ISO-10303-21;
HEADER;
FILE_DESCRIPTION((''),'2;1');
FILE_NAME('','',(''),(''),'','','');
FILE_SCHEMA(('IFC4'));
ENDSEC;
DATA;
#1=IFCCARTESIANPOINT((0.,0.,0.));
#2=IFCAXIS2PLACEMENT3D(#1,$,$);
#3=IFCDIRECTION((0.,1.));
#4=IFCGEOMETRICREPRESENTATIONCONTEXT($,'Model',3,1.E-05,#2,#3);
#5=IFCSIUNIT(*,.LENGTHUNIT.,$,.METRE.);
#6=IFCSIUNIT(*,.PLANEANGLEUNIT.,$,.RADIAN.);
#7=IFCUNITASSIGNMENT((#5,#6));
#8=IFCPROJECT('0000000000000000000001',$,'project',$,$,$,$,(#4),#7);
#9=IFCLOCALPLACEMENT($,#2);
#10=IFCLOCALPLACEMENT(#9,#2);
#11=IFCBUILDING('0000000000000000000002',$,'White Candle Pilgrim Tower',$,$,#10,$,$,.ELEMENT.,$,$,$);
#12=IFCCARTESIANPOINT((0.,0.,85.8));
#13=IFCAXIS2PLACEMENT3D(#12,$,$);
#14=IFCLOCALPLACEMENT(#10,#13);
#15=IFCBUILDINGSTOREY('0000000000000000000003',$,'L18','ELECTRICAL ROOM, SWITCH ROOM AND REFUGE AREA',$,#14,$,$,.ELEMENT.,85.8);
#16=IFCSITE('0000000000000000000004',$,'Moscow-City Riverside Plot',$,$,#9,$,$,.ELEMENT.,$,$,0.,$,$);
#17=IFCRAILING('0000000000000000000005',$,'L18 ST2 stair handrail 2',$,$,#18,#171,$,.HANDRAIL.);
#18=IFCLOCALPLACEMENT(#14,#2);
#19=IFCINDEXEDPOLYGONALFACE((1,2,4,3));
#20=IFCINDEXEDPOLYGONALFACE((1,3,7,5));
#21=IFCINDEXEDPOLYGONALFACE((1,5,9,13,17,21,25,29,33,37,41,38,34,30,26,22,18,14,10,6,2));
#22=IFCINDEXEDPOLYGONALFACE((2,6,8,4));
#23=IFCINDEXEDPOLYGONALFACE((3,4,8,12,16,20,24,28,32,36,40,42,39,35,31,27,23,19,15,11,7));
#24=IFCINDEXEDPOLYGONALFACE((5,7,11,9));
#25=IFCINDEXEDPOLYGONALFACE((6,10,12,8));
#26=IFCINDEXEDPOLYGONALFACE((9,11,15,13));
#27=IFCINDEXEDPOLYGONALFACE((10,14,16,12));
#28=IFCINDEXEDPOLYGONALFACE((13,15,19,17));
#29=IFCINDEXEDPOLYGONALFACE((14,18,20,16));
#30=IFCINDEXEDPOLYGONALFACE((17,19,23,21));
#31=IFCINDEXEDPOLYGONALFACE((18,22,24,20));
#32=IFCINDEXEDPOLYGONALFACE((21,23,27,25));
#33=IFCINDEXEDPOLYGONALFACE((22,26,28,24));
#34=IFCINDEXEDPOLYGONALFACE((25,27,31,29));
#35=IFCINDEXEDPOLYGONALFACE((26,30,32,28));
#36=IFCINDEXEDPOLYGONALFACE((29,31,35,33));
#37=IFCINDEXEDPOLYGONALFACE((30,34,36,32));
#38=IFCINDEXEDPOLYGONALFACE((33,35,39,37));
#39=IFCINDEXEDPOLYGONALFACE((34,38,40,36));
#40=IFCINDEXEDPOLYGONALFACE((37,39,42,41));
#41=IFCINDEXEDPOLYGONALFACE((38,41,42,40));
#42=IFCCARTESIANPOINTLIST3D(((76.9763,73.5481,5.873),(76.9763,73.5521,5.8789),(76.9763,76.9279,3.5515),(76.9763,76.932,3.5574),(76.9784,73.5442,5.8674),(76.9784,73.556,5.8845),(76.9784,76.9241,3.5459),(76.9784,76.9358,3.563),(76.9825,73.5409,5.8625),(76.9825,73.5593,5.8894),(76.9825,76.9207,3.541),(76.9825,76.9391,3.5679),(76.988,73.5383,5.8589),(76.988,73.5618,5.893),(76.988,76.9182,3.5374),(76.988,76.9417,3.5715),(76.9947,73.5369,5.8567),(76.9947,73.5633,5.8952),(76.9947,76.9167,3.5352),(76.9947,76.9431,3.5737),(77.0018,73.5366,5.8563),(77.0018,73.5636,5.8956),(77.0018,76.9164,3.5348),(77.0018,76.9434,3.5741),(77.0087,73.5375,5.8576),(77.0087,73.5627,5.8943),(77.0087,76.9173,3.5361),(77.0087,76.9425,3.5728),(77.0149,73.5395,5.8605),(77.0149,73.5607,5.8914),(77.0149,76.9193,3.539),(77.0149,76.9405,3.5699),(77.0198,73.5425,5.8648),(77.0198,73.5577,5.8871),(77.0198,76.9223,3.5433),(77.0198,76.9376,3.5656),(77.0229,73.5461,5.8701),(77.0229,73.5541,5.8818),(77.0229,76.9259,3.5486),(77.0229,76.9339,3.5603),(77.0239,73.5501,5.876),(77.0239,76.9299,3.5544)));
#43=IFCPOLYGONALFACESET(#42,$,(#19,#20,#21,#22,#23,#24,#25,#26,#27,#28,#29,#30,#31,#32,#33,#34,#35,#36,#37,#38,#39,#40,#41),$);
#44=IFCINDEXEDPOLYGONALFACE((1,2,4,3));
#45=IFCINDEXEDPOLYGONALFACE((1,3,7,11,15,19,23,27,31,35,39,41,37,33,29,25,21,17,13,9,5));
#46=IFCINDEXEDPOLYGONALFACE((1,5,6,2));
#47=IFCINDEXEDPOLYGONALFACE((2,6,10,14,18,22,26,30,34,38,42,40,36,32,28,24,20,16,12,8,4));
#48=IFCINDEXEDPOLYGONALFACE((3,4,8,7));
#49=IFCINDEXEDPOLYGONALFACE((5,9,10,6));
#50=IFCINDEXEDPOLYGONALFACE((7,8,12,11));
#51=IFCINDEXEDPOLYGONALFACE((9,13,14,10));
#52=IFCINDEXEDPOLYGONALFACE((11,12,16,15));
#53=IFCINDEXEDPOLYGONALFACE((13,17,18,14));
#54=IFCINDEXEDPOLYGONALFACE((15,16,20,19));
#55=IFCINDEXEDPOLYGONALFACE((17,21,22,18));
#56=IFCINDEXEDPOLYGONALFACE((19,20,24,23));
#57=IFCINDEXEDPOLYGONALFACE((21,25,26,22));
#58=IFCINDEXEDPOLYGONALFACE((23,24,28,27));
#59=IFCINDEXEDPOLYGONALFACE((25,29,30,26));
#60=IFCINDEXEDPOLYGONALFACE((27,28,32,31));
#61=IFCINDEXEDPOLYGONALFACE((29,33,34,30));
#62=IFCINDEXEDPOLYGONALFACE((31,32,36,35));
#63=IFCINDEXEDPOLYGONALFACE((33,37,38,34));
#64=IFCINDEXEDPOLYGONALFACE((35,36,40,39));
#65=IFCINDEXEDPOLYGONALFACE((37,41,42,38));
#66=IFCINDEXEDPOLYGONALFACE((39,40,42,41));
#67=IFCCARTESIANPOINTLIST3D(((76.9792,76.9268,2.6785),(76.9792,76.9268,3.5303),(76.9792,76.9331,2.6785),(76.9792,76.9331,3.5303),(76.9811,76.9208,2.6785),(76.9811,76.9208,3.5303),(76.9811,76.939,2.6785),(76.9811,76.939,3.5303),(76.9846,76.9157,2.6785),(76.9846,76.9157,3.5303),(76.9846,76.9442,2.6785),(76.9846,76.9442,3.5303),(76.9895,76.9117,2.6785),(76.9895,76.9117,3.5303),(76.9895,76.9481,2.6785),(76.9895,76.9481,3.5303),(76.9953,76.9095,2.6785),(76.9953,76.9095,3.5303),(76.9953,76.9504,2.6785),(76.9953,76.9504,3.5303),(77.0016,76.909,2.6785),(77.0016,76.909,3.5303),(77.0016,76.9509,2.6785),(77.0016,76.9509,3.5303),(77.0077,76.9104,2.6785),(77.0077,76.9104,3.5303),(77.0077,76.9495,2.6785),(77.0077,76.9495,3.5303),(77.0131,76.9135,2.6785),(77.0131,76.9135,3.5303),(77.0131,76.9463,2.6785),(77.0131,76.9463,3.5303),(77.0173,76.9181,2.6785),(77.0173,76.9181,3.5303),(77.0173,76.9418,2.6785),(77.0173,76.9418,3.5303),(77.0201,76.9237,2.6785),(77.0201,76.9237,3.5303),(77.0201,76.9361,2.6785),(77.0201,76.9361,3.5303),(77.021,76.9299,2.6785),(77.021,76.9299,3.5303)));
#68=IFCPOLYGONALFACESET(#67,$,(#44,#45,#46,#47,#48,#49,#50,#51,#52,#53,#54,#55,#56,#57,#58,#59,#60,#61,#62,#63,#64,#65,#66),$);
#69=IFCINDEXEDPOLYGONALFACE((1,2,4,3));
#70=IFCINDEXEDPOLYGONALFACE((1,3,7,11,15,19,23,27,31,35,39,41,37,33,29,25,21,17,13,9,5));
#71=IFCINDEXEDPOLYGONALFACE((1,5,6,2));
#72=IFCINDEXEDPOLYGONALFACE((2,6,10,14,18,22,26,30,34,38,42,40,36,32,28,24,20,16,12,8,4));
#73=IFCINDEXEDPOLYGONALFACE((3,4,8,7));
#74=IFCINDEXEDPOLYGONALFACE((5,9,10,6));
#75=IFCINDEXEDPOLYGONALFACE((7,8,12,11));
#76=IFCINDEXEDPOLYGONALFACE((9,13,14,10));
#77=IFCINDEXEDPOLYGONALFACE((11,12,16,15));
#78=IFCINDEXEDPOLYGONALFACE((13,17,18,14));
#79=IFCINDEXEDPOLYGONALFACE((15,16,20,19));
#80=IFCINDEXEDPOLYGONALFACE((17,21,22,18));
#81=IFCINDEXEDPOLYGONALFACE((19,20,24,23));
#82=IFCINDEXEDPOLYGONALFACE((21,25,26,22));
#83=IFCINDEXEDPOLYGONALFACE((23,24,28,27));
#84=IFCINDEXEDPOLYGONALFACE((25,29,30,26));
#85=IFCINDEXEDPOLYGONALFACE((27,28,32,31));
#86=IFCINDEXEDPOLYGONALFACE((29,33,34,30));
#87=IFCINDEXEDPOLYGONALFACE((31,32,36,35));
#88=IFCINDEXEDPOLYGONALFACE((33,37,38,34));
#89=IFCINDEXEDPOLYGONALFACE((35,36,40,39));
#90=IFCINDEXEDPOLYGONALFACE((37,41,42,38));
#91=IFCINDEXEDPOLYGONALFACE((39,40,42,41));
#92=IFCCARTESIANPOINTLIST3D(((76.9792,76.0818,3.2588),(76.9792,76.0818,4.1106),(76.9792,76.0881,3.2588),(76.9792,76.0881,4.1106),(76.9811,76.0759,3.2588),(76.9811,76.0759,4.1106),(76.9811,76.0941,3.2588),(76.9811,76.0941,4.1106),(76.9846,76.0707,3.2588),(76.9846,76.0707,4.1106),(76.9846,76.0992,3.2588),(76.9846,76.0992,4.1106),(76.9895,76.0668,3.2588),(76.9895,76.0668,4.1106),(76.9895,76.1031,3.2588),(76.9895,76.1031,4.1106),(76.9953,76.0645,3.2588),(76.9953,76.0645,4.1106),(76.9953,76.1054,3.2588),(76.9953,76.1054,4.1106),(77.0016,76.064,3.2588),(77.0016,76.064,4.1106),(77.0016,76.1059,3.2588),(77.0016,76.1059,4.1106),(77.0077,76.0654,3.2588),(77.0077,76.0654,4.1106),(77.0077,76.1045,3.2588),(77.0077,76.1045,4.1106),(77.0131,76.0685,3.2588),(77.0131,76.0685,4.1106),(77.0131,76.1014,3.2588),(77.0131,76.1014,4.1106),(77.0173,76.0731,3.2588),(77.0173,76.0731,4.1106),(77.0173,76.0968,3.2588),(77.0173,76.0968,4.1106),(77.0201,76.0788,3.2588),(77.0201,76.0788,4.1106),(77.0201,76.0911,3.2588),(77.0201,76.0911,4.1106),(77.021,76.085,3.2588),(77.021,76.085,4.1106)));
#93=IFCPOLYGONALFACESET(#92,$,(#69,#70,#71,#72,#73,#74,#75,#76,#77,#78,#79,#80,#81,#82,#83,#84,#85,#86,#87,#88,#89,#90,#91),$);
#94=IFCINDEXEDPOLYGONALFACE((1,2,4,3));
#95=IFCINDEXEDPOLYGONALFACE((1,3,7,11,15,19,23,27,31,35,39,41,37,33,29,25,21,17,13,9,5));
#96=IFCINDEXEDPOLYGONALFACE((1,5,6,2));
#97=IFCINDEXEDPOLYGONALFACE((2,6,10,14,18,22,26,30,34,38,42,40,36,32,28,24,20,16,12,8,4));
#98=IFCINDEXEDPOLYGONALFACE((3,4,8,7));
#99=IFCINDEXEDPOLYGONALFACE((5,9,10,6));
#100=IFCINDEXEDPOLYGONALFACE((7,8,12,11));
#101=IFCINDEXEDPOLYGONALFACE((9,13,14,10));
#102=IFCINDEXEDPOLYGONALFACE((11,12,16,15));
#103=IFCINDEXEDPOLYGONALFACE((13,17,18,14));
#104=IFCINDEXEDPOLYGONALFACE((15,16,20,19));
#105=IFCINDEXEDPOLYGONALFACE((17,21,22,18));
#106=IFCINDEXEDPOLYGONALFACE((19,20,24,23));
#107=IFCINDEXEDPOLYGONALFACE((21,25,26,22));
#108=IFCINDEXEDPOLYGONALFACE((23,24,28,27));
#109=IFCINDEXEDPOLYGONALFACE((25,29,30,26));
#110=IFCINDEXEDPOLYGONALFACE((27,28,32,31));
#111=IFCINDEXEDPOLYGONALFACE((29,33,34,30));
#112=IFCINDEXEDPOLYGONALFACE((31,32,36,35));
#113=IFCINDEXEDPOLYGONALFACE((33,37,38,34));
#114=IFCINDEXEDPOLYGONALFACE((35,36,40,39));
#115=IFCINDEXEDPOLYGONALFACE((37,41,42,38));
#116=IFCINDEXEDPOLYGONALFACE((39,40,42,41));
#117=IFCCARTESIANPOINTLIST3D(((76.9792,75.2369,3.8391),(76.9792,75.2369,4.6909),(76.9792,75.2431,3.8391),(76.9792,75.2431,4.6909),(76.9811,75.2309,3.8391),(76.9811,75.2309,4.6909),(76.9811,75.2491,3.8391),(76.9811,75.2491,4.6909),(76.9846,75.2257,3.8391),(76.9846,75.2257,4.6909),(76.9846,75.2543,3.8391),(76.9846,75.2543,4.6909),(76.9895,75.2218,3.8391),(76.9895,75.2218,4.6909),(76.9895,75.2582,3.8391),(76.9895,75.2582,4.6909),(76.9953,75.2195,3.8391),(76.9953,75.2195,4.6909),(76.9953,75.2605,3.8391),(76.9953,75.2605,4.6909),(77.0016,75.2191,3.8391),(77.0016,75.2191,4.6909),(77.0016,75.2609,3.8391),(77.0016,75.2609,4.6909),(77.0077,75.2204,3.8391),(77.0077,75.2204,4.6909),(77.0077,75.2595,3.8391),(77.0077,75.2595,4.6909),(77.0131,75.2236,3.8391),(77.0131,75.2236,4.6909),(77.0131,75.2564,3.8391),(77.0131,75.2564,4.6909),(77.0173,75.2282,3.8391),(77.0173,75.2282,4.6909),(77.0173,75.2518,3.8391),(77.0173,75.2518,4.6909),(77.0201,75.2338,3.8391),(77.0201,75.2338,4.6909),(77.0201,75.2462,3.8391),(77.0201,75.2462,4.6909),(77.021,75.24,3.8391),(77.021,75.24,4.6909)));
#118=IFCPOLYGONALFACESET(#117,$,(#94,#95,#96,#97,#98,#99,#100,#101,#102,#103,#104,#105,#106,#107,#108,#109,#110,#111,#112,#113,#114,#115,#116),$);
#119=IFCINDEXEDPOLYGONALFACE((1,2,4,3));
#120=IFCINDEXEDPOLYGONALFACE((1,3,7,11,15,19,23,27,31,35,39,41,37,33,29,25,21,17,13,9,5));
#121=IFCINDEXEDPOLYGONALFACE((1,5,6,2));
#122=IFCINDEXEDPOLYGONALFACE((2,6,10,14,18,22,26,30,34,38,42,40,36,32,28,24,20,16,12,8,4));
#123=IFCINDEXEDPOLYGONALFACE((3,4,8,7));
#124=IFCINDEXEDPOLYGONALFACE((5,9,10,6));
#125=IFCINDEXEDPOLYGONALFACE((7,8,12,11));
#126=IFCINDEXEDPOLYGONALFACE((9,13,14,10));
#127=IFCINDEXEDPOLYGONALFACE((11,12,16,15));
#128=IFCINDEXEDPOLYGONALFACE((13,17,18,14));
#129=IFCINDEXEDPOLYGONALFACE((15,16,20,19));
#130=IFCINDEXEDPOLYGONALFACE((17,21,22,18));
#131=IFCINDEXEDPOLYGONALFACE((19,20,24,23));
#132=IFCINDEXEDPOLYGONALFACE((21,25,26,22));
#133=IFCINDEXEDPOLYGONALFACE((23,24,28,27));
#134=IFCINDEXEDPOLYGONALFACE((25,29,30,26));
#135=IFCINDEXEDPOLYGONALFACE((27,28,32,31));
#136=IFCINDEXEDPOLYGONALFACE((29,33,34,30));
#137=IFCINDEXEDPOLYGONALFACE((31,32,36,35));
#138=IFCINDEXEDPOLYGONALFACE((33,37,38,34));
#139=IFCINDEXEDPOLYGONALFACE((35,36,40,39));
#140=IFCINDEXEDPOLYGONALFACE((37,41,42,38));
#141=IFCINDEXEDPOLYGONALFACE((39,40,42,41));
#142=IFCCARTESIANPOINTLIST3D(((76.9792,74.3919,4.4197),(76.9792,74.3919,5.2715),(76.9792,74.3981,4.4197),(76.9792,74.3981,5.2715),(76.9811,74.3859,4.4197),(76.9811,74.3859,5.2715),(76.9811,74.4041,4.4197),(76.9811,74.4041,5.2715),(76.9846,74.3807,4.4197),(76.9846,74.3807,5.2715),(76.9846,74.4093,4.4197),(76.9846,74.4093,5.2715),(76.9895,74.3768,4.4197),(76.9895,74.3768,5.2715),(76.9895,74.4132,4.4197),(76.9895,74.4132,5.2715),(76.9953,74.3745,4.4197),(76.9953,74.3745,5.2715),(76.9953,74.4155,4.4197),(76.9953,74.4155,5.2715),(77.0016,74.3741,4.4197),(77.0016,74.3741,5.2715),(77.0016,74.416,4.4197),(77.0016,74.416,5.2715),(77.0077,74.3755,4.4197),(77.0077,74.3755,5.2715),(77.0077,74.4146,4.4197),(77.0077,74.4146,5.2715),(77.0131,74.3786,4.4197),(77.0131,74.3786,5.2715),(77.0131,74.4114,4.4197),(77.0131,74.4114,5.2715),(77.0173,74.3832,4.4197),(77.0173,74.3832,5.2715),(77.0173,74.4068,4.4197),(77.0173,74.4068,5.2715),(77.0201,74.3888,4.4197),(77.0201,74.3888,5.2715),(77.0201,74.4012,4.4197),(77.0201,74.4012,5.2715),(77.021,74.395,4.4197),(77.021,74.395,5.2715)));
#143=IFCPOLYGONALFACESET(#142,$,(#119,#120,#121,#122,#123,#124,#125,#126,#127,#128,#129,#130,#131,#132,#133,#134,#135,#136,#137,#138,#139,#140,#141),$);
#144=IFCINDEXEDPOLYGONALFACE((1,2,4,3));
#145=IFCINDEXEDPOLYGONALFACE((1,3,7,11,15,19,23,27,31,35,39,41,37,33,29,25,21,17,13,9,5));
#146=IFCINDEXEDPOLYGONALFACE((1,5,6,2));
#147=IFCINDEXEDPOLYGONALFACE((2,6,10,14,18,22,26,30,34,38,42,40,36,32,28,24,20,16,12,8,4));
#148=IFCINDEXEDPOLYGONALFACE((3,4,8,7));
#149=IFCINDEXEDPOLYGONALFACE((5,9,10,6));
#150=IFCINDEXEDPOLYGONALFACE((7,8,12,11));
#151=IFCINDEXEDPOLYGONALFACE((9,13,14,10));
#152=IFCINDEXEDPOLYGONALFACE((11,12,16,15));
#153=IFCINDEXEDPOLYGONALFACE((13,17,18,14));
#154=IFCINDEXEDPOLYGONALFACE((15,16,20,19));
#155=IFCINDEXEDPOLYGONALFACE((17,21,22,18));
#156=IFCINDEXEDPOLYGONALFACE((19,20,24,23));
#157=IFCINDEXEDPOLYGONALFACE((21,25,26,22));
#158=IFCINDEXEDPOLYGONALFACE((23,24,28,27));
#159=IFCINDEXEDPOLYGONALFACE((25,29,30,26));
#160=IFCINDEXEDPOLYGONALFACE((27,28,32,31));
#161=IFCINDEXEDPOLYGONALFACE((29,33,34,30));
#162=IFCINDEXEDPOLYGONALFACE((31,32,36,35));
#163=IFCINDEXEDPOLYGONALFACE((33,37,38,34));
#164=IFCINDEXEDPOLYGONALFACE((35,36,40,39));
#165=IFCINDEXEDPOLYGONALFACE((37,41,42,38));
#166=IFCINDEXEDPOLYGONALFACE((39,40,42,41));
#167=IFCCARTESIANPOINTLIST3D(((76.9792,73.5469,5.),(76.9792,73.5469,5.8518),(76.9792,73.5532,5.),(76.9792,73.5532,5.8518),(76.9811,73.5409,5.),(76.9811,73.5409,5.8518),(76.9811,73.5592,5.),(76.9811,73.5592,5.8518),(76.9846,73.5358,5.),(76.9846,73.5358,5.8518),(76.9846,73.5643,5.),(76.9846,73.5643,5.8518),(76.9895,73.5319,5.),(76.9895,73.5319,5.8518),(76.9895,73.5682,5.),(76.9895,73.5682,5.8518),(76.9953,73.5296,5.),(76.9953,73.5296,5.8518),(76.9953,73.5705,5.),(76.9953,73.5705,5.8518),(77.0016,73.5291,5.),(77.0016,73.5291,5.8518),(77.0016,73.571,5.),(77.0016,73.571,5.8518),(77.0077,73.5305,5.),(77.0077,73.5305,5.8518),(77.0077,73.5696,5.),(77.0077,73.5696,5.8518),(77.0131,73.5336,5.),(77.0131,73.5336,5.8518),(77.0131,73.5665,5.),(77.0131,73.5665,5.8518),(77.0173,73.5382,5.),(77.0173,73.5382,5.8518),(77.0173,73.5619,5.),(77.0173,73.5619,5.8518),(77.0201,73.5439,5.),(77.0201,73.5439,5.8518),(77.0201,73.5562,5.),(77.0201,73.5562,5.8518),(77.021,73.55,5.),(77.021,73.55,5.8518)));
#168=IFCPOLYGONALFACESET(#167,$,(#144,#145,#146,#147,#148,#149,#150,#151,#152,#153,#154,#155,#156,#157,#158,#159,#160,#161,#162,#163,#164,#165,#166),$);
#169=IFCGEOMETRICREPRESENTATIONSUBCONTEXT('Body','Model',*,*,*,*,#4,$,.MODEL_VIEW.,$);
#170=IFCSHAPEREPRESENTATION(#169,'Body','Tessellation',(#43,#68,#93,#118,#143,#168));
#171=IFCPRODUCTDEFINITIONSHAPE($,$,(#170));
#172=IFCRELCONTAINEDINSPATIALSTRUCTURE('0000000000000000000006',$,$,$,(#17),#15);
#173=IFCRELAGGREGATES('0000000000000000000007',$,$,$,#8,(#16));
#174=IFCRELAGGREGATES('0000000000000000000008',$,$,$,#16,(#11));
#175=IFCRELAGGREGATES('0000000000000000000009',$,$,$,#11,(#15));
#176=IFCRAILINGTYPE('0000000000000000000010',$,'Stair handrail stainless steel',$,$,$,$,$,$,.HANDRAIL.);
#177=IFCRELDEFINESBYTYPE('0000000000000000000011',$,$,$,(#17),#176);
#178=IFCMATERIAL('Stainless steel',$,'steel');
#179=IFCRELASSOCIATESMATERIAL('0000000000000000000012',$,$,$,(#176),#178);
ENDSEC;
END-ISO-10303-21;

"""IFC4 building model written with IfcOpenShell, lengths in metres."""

from ifc_helpers import new_model, si_unit, direction, frame, origin, origin_2d, place, context, subcontext, project, spatial, circle, extrude, material, type_object, element, save


model = new_model("IFC4")

# Units and contexts
model_context = context("Model", 3, precision=1e-05, world=origin(), true_north=direction((0.0, 1.0)))
body_context = subcontext(model_context, "Body", "Model", "MODEL_VIEW")
ifc_project = project(units=[si_unit("LENGTHUNIT", "METRE"), si_unit("PLANEANGLEUNIT", "RADIAN")], contexts=[model_context])

# Site, building, storey
site_placement = place(None, origin())
site = spatial("IfcSite", under=ifc_project, at=site_placement, Name="Moscow-City Riverside Plot", CompositionType="ELEMENT", RefElevation=0.0)
building_placement = place(site_placement, origin())
building = spatial("IfcBuilding", under=site, at=building_placement, Name="White Candle Pilgrim Tower", CompositionType="ELEMENT")
storey_placement = place(building_placement, frame((0.0, 0.0, 85.8)))
storey = spatial("IfcBuildingStorey", under=building, at=storey_placement, Name="L18", Description="ELECTRICAL ROOM, SWITCH ROOM AND REFUGE AREA", CompositionType="ELEMENT", Elevation=85.8)

# Railing
ifc_material_1 = material(Name="Stainless steel", Category="steel")
railing_type_1 = type_object("IfcRailingType", Name="Stair handrail stainless steel", PredefinedType="HANDRAIL", material=ifc_material_1)
railing_1_placement = place(storey_placement, frame((77.0, 76.9299, 2.6785)))
element("IfcRailing", 1, at=railing_1_placement, inside=storey, type_object=railing_type_1, Name="L18 ST2 stair handrail 2", PredefinedType="HANDRAIL", context=body_context, shape_type="SweptSolid", body=[
    extrude(circle(Radius=0.0239, at=origin_2d()), frame((0.0, 0.0, 0.876), z_axis=(0.0, -0.824285, 0.566175), x_axis=(1.0, 0.0, 0.0)), (0.0, 0.0, 1.0), 4.1003),
    extrude(circle(Radius=0.021, at=origin_2d()), origin(), (0.0, 0.0, 1.0), 0.8518),
    extrude(circle(Radius=0.021, at=origin_2d()), frame((0.0, -0.845, 0.5803)), (0.0, 0.0, 1.0), 0.8518),
    extrude(circle(Radius=0.021, at=origin_2d()), frame((0.0, -1.6899, 1.1606)), (0.0, 0.0, 1.0), 0.8518),
    extrude(circle(Radius=0.021, at=origin_2d()), frame((0.0, -2.5349, 1.7412)), (0.0, 0.0, 1.0), 0.8518),
    extrude(circle(Radius=0.021, at=origin_2d()), frame((0.0, -3.3799, 2.3215)), (0.0, 0.0, 1.0), 0.8518),
])

save(model, "model.ifc")
